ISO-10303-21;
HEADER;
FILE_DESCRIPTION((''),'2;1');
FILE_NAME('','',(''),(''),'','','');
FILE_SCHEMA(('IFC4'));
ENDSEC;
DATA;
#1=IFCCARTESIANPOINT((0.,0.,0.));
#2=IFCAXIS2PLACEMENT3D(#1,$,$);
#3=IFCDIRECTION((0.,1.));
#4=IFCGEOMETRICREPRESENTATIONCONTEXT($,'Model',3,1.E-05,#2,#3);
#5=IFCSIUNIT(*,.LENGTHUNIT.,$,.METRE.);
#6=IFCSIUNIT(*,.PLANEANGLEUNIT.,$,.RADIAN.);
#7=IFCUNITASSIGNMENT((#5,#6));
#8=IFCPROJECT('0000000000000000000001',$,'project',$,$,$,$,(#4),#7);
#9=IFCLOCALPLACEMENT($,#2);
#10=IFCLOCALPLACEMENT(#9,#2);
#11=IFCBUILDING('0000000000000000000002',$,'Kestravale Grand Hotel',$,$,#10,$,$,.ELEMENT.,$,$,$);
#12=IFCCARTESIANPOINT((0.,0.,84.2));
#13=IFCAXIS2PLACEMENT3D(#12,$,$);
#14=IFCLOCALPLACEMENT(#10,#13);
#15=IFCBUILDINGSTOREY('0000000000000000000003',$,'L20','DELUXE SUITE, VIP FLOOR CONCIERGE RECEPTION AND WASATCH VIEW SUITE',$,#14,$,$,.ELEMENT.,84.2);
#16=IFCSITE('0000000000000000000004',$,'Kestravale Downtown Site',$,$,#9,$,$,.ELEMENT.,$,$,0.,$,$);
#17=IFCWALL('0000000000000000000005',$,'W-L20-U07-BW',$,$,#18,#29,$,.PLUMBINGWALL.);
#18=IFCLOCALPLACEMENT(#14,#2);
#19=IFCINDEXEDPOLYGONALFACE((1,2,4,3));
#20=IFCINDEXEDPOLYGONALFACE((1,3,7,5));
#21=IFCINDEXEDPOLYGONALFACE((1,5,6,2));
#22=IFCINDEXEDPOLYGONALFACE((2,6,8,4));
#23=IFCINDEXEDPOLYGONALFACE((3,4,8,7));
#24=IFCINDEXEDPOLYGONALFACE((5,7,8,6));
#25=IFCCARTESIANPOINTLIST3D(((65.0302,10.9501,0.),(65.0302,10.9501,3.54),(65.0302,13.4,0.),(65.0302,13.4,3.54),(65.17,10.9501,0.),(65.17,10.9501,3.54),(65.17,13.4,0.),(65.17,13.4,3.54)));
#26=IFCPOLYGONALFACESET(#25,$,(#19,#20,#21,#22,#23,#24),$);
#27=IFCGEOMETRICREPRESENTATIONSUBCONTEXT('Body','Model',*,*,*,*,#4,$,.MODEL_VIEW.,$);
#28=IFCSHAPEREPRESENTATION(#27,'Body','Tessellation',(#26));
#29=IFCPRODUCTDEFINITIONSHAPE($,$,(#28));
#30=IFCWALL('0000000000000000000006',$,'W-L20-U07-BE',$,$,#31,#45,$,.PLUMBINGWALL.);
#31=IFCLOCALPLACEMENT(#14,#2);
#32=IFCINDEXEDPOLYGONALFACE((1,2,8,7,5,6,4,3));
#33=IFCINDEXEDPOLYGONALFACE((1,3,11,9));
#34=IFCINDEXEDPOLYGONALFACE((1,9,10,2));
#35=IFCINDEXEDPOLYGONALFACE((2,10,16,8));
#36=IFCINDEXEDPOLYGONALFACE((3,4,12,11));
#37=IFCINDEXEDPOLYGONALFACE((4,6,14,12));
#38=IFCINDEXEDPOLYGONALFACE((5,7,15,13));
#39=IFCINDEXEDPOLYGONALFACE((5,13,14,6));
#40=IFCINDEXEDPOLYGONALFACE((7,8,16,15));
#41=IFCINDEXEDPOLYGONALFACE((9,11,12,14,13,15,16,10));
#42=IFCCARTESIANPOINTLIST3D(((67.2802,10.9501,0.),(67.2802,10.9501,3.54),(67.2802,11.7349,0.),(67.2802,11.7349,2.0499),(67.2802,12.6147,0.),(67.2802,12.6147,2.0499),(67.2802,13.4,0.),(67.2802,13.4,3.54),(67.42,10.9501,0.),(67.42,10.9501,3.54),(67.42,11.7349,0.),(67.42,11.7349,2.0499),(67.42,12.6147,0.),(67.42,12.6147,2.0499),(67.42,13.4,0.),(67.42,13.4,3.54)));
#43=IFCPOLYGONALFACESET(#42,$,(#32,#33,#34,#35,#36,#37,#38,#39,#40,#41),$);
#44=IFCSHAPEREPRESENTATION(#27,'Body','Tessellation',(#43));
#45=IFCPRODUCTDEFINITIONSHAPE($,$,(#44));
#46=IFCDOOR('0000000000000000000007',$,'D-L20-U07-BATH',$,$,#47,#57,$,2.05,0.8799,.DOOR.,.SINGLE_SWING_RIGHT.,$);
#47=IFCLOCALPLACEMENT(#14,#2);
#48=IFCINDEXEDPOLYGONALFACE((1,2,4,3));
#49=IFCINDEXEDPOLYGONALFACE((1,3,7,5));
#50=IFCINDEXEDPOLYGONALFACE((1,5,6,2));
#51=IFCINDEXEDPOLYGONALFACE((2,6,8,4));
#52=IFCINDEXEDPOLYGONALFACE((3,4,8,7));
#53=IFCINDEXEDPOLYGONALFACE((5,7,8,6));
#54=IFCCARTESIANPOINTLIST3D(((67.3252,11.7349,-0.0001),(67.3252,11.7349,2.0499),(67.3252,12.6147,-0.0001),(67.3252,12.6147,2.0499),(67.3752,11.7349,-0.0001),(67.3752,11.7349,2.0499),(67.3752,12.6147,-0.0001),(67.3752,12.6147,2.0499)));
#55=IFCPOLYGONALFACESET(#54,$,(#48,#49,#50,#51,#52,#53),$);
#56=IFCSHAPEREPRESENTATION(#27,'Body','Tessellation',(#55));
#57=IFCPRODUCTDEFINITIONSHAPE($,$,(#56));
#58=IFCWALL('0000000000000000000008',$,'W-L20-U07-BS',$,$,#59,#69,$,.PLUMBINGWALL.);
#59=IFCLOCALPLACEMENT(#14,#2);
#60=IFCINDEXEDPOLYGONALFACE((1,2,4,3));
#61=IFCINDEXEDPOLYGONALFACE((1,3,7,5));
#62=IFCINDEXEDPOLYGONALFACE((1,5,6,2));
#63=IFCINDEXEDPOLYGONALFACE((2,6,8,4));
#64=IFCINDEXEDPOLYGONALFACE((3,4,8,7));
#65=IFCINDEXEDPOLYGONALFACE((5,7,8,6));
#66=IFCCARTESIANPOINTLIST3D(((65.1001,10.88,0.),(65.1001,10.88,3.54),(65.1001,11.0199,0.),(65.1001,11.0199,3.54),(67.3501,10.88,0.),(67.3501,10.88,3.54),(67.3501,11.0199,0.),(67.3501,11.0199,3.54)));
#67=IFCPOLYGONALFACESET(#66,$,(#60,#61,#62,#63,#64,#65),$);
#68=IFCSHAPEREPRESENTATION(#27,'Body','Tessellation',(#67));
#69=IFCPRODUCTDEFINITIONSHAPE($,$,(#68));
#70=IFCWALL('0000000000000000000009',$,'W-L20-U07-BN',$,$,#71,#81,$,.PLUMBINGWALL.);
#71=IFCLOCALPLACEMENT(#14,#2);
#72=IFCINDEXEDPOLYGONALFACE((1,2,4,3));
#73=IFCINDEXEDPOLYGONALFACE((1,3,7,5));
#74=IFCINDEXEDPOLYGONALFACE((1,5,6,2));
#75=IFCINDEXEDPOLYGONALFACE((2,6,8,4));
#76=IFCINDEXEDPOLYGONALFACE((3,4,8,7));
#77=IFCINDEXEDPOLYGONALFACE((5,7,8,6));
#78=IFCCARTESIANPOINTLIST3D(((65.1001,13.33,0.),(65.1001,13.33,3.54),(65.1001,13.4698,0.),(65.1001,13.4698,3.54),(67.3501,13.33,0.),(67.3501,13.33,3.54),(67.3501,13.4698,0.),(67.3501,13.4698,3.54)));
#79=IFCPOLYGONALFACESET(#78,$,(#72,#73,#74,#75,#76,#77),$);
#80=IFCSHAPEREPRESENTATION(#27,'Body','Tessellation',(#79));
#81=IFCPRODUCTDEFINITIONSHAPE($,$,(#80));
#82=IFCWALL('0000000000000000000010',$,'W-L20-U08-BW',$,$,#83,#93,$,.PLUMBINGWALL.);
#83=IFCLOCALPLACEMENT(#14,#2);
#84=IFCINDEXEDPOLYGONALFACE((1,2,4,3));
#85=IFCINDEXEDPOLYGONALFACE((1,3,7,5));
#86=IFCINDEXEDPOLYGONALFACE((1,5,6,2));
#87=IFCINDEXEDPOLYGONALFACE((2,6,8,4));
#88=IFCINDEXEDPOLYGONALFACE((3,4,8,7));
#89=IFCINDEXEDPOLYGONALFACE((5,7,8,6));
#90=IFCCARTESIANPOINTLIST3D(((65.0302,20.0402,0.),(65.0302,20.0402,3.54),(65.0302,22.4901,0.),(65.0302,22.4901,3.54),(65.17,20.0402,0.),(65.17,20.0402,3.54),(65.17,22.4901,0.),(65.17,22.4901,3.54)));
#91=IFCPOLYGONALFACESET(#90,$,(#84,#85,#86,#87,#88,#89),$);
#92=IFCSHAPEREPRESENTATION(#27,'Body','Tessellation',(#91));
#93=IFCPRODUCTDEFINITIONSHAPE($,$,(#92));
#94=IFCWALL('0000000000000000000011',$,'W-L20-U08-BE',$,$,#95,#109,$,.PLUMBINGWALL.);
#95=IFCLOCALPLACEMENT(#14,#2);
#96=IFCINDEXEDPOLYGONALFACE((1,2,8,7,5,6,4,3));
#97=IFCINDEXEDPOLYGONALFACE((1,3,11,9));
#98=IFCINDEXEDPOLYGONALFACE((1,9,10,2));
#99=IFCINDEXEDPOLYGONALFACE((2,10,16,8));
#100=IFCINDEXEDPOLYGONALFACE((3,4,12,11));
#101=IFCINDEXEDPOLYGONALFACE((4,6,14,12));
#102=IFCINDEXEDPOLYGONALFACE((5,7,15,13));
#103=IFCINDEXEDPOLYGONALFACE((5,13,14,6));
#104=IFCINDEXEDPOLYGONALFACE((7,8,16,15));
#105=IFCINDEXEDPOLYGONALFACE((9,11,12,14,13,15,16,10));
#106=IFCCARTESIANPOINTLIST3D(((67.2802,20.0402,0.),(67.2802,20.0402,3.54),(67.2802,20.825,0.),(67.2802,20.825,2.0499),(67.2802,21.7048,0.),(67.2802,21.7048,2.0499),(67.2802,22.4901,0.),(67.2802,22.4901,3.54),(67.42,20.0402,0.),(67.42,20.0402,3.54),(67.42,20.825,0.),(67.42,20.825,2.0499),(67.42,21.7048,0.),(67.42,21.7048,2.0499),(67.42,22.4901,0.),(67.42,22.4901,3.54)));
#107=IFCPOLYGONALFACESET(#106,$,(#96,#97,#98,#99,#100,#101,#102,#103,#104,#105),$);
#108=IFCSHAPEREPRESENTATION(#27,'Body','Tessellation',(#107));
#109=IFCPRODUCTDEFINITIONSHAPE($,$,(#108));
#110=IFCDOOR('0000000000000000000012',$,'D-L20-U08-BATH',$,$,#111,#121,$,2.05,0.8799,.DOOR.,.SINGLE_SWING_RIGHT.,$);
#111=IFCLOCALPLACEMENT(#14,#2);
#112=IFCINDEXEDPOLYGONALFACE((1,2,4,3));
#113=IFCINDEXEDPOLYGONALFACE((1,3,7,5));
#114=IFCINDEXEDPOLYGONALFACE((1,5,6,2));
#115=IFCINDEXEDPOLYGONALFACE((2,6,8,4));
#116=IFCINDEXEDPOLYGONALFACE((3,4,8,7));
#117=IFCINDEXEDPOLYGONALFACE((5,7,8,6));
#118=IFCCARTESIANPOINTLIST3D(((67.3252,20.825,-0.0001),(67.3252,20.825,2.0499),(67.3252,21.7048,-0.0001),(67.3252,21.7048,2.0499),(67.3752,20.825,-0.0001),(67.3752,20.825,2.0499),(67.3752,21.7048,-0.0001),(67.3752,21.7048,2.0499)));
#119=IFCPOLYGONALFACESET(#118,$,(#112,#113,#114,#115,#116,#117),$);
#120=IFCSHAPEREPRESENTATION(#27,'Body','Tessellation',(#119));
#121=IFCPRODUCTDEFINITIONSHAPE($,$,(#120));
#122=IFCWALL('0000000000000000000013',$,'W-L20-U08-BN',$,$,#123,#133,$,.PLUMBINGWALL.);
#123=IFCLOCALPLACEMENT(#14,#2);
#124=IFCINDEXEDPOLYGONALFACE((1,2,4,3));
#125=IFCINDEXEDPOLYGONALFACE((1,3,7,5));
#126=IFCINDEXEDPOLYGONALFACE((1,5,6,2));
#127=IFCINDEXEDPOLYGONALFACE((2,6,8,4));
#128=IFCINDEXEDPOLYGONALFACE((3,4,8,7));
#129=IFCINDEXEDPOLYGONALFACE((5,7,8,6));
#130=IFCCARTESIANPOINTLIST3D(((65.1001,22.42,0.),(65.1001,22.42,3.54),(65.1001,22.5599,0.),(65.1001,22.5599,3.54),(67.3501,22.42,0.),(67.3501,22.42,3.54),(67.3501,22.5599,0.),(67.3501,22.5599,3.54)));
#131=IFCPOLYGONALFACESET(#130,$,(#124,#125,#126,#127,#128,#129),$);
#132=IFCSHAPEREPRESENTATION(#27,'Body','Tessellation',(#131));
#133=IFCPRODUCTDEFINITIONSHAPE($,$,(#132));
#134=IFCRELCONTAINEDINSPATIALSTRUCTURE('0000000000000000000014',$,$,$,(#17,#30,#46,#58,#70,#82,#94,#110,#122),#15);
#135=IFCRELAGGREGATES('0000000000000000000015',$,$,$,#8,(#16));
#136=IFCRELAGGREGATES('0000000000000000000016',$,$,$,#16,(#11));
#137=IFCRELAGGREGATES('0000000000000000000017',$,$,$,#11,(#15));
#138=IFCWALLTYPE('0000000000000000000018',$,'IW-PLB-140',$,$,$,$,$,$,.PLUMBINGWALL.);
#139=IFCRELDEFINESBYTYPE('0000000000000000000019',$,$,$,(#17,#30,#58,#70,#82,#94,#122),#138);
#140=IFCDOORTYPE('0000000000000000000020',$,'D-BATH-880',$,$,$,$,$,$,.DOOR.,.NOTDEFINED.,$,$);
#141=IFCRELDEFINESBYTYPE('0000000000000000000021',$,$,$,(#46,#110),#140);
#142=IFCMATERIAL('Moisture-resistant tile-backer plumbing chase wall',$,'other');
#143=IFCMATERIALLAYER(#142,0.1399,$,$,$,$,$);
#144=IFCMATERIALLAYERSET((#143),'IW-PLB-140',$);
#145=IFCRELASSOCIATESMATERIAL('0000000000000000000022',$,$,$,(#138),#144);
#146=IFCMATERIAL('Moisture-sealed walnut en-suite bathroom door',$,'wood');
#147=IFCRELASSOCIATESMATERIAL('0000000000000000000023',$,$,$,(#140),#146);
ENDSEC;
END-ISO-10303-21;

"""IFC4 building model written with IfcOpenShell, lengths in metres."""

from ifc_helpers import new_model, si_unit, direction, frame, frame_2d, origin, place, context, subcontext, project, spatial, rectangle, extrude, material, layer, layer_set, type_object, element, fill, save


model = new_model("IFC4")

# Units and contexts
model_context = context("Model", 3, precision=1e-05, world=origin(), true_north=direction((0.0, 1.0)))
body_context = subcontext(model_context, "Body", "Model", "MODEL_VIEW")
ifc_project = project(units=[si_unit("LENGTHUNIT", "METRE"), si_unit("PLANEANGLEUNIT", "RADIAN")], contexts=[model_context])

# Site, building, storey
site_placement = place(None, origin())
site = spatial("IfcSite", under=ifc_project, at=site_placement, Name="Kestravale Downtown Site", CompositionType="ELEMENT", RefElevation=0.0)
building_placement = place(site_placement, origin())
building = spatial("IfcBuilding", under=site, at=building_placement, Name="Kestravale Grand Hotel", CompositionType="ELEMENT")
storey_placement = place(building_placement, frame((0.0, 0.0, 84.2)))
storey = spatial("IfcBuildingStorey", under=building, at=storey_placement, Name="L20", Description="DELUXE SUITE, VIP FLOOR CONCIERGE RECEPTION AND WASATCH VIEW SUITE", CompositionType="ELEMENT", Elevation=84.2)

# Wall
ifc_material_1 = material(Name="Moisture-resistant tile-backer plumbing chase wall", Category="other")
ifc_layer_1 = layer(ifc_material_1, 0.1399)
ifc_layer_set_1 = layer_set([ifc_layer_1], Name="IW-PLB-140")
wall_type_1 = type_object("IfcWallType", Name="IW-PLB-140", PredefinedType="PLUMBINGWALL", material=ifc_layer_set_1)
wall_1_placement = place(storey_placement, frame((65.1001, 10.95, 0.0), z_axis=(0.0, 0.0, 1.0), x_axis=(0.0, 1.0, 0.0)))
element("IfcWall", 1, at=wall_1_placement, inside=storey, type_object=wall_type_1, Name="W-L20-U07-BW", PredefinedType="PLUMBINGWALL", context=body_context, shape_type="SweptSolid", body=[
    extrude(rectangle(XDim=2.45, YDim=0.1399, at=frame_2d((1.2251, 0.0))), origin(), (0.0, 0.0, 1.0), 3.54),
])

# Wall, opening, door
wall_2_placement = place(storey_placement, frame((67.3501, 10.95, 0.0), z_axis=(0.0, 0.0, 1.0), x_axis=(0.0, 1.0, 0.0)))
wall_2 = element("IfcWall", 2, at=wall_2_placement, inside=storey, type_object=wall_type_1, Name="W-L20-U07-BE", PredefinedType="PLUMBINGWALL", context=body_context, shape_type="SweptSolid", body=[
    extrude(rectangle(XDim=2.45, YDim=0.1399, at=frame_2d((1.2251, 0.0))), origin(), (0.0, 0.0, 1.0), 3.54),
])
opening_1_placement = place(wall_2_placement, frame((0.7849, 0.0, 0.0)))
opening_1 = element("IfcOpeningElement", 3, at=opening_1_placement, cuts=wall_2, PredefinedType="OPENING", context=body_context, shape_type="SweptSolid", body=[
    extrude(rectangle(XDim=0.8799, YDim=2.05, at=frame_2d((0.4399, 1.0249))), frame((0.0, 0.0798, 0.0), z_axis=(0.0, -1.0, 0.0), x_axis=(1.0, 0.0, 0.0)), (0.0, 0.0, 1.0), 0.1599),
])
ifc_material_2 = material(Name="Moisture-sealed walnut en-suite bathroom door", Category="wood")
door_type = type_object("IfcDoorType", Name="D-BATH-880", OperationType="NOTDEFINED", PredefinedType="DOOR", material=ifc_material_2)
door_1_placement = place(opening_1_placement, origin())
door_1 = element("IfcDoor", 4, at=door_1_placement, inside=storey, type_object=door_type, Name="D-L20-U07-BATH", OperationType="SINGLE_SWING_RIGHT", OverallHeight=2.05, OverallWidth=0.8799, PredefinedType="DOOR", context=body_context, shape_type="SweptSolid", body=[
    extrude(rectangle(XDim=0.8799, YDim=2.05, at=frame_2d((0.4399, 1.0249))), frame((0.0, 0.0249, 0.0), z_axis=(0.0, -1.0, 0.0), x_axis=(1.0, 0.0, 0.0)), (0.0, 0.0, 1.0), 0.05),
])
fill(opening_1, door_1)

# Walls
for number, where, z_axis, x_axis, name in (
    (5, (65.1001, 10.95, 0.0), (0.0, 0.0, 1.0), (1.0, 0.0, 0.0), "W-L20-U07-BS"),
    (6, (65.1001, 13.3999, 0.0), (0.0, 0.0, 1.0), (1.0, 0.0, 0.0), "W-L20-U07-BN"),
):
    element("IfcWall", number, at=place(storey_placement, frame(where, z_axis=z_axis, x_axis=x_axis)), inside=storey, type_object=wall_type_1, Name=name, PredefinedType="PLUMBINGWALL", context=body_context, shape_type="SweptSolid", body=[
        extrude(rectangle(XDim=2.25, YDim=0.1399, at=frame_2d((1.125, 0.0))), origin(), (0.0, 0.0, 1.0), 3.54),
    ])
wall_3_placement = place(storey_placement, frame((65.1001, 20.04, 0.0), z_axis=(0.0, 0.0, 1.0), x_axis=(0.0, 1.0, 0.0)))
element("IfcWall", 7, at=wall_3_placement, inside=storey, type_object=wall_type_1, Name="W-L20-U08-BW", PredefinedType="PLUMBINGWALL", context=body_context, shape_type="SweptSolid", body=[
    extrude(rectangle(XDim=2.45, YDim=0.1399, at=frame_2d((1.2251, 0.0))), origin(), (0.0, 0.0, 1.0), 3.54),
])

# Wall, opening, door
wall_4_placement = place(storey_placement, frame((67.3501, 20.04, 0.0), z_axis=(0.0, 0.0, 1.0), x_axis=(0.0, 1.0, 0.0)))
wall_4 = element("IfcWall", 8, at=wall_4_placement, inside=storey, type_object=wall_type_1, Name="W-L20-U08-BE", PredefinedType="PLUMBINGWALL", context=body_context, shape_type="SweptSolid", body=[
    extrude(rectangle(XDim=2.45, YDim=0.1399, at=frame_2d((1.2251, 0.0))), origin(), (0.0, 0.0, 1.0), 3.54),
])
opening_2_placement = place(wall_4_placement, frame((0.7849, 0.0, 0.0)))
opening_2 = element("IfcOpeningElement", 9, at=opening_2_placement, cuts=wall_4, PredefinedType="OPENING", context=body_context, shape_type="SweptSolid", body=[
    extrude(rectangle(XDim=0.8799, YDim=2.05, at=frame_2d((0.4399, 1.0249))), frame((0.0, 0.0798, 0.0), z_axis=(0.0, -1.0, 0.0), x_axis=(1.0, 0.0, 0.0)), (0.0, 0.0, 1.0), 0.1599),
])
door_2_placement = place(opening_2_placement, origin())
door_2 = element("IfcDoor", 10, at=door_2_placement, inside=storey, type_object=door_type, Name="D-L20-U08-BATH", OperationType="SINGLE_SWING_RIGHT", OverallHeight=2.05, OverallWidth=0.8799, PredefinedType="DOOR", context=body_context, shape_type="SweptSolid", body=[
    extrude(rectangle(XDim=0.8799, YDim=2.05, at=frame_2d((0.4399, 1.0249))), frame((0.0, 0.0249, 0.0), z_axis=(0.0, -1.0, 0.0), x_axis=(1.0, 0.0, 0.0)), (0.0, 0.0, 1.0), 0.05),
])
fill(opening_2, door_2)

# Wall
wall_5_placement = place(storey_placement, frame((65.1001, 22.49, 0.0), z_axis=(0.0, 0.0, 1.0), x_axis=(1.0, 0.0, 0.0)))
element("IfcWall", 11, at=wall_5_placement, inside=storey, type_object=wall_type_1, Name="W-L20-U08-BN", PredefinedType="PLUMBINGWALL", context=body_context, shape_type="SweptSolid", body=[
    extrude(rectangle(XDim=2.25, YDim=0.1399, at=frame_2d((1.125, 0.0))), origin(), (0.0, 0.0, 1.0), 3.54),
])

save(model, "model.ifc")
